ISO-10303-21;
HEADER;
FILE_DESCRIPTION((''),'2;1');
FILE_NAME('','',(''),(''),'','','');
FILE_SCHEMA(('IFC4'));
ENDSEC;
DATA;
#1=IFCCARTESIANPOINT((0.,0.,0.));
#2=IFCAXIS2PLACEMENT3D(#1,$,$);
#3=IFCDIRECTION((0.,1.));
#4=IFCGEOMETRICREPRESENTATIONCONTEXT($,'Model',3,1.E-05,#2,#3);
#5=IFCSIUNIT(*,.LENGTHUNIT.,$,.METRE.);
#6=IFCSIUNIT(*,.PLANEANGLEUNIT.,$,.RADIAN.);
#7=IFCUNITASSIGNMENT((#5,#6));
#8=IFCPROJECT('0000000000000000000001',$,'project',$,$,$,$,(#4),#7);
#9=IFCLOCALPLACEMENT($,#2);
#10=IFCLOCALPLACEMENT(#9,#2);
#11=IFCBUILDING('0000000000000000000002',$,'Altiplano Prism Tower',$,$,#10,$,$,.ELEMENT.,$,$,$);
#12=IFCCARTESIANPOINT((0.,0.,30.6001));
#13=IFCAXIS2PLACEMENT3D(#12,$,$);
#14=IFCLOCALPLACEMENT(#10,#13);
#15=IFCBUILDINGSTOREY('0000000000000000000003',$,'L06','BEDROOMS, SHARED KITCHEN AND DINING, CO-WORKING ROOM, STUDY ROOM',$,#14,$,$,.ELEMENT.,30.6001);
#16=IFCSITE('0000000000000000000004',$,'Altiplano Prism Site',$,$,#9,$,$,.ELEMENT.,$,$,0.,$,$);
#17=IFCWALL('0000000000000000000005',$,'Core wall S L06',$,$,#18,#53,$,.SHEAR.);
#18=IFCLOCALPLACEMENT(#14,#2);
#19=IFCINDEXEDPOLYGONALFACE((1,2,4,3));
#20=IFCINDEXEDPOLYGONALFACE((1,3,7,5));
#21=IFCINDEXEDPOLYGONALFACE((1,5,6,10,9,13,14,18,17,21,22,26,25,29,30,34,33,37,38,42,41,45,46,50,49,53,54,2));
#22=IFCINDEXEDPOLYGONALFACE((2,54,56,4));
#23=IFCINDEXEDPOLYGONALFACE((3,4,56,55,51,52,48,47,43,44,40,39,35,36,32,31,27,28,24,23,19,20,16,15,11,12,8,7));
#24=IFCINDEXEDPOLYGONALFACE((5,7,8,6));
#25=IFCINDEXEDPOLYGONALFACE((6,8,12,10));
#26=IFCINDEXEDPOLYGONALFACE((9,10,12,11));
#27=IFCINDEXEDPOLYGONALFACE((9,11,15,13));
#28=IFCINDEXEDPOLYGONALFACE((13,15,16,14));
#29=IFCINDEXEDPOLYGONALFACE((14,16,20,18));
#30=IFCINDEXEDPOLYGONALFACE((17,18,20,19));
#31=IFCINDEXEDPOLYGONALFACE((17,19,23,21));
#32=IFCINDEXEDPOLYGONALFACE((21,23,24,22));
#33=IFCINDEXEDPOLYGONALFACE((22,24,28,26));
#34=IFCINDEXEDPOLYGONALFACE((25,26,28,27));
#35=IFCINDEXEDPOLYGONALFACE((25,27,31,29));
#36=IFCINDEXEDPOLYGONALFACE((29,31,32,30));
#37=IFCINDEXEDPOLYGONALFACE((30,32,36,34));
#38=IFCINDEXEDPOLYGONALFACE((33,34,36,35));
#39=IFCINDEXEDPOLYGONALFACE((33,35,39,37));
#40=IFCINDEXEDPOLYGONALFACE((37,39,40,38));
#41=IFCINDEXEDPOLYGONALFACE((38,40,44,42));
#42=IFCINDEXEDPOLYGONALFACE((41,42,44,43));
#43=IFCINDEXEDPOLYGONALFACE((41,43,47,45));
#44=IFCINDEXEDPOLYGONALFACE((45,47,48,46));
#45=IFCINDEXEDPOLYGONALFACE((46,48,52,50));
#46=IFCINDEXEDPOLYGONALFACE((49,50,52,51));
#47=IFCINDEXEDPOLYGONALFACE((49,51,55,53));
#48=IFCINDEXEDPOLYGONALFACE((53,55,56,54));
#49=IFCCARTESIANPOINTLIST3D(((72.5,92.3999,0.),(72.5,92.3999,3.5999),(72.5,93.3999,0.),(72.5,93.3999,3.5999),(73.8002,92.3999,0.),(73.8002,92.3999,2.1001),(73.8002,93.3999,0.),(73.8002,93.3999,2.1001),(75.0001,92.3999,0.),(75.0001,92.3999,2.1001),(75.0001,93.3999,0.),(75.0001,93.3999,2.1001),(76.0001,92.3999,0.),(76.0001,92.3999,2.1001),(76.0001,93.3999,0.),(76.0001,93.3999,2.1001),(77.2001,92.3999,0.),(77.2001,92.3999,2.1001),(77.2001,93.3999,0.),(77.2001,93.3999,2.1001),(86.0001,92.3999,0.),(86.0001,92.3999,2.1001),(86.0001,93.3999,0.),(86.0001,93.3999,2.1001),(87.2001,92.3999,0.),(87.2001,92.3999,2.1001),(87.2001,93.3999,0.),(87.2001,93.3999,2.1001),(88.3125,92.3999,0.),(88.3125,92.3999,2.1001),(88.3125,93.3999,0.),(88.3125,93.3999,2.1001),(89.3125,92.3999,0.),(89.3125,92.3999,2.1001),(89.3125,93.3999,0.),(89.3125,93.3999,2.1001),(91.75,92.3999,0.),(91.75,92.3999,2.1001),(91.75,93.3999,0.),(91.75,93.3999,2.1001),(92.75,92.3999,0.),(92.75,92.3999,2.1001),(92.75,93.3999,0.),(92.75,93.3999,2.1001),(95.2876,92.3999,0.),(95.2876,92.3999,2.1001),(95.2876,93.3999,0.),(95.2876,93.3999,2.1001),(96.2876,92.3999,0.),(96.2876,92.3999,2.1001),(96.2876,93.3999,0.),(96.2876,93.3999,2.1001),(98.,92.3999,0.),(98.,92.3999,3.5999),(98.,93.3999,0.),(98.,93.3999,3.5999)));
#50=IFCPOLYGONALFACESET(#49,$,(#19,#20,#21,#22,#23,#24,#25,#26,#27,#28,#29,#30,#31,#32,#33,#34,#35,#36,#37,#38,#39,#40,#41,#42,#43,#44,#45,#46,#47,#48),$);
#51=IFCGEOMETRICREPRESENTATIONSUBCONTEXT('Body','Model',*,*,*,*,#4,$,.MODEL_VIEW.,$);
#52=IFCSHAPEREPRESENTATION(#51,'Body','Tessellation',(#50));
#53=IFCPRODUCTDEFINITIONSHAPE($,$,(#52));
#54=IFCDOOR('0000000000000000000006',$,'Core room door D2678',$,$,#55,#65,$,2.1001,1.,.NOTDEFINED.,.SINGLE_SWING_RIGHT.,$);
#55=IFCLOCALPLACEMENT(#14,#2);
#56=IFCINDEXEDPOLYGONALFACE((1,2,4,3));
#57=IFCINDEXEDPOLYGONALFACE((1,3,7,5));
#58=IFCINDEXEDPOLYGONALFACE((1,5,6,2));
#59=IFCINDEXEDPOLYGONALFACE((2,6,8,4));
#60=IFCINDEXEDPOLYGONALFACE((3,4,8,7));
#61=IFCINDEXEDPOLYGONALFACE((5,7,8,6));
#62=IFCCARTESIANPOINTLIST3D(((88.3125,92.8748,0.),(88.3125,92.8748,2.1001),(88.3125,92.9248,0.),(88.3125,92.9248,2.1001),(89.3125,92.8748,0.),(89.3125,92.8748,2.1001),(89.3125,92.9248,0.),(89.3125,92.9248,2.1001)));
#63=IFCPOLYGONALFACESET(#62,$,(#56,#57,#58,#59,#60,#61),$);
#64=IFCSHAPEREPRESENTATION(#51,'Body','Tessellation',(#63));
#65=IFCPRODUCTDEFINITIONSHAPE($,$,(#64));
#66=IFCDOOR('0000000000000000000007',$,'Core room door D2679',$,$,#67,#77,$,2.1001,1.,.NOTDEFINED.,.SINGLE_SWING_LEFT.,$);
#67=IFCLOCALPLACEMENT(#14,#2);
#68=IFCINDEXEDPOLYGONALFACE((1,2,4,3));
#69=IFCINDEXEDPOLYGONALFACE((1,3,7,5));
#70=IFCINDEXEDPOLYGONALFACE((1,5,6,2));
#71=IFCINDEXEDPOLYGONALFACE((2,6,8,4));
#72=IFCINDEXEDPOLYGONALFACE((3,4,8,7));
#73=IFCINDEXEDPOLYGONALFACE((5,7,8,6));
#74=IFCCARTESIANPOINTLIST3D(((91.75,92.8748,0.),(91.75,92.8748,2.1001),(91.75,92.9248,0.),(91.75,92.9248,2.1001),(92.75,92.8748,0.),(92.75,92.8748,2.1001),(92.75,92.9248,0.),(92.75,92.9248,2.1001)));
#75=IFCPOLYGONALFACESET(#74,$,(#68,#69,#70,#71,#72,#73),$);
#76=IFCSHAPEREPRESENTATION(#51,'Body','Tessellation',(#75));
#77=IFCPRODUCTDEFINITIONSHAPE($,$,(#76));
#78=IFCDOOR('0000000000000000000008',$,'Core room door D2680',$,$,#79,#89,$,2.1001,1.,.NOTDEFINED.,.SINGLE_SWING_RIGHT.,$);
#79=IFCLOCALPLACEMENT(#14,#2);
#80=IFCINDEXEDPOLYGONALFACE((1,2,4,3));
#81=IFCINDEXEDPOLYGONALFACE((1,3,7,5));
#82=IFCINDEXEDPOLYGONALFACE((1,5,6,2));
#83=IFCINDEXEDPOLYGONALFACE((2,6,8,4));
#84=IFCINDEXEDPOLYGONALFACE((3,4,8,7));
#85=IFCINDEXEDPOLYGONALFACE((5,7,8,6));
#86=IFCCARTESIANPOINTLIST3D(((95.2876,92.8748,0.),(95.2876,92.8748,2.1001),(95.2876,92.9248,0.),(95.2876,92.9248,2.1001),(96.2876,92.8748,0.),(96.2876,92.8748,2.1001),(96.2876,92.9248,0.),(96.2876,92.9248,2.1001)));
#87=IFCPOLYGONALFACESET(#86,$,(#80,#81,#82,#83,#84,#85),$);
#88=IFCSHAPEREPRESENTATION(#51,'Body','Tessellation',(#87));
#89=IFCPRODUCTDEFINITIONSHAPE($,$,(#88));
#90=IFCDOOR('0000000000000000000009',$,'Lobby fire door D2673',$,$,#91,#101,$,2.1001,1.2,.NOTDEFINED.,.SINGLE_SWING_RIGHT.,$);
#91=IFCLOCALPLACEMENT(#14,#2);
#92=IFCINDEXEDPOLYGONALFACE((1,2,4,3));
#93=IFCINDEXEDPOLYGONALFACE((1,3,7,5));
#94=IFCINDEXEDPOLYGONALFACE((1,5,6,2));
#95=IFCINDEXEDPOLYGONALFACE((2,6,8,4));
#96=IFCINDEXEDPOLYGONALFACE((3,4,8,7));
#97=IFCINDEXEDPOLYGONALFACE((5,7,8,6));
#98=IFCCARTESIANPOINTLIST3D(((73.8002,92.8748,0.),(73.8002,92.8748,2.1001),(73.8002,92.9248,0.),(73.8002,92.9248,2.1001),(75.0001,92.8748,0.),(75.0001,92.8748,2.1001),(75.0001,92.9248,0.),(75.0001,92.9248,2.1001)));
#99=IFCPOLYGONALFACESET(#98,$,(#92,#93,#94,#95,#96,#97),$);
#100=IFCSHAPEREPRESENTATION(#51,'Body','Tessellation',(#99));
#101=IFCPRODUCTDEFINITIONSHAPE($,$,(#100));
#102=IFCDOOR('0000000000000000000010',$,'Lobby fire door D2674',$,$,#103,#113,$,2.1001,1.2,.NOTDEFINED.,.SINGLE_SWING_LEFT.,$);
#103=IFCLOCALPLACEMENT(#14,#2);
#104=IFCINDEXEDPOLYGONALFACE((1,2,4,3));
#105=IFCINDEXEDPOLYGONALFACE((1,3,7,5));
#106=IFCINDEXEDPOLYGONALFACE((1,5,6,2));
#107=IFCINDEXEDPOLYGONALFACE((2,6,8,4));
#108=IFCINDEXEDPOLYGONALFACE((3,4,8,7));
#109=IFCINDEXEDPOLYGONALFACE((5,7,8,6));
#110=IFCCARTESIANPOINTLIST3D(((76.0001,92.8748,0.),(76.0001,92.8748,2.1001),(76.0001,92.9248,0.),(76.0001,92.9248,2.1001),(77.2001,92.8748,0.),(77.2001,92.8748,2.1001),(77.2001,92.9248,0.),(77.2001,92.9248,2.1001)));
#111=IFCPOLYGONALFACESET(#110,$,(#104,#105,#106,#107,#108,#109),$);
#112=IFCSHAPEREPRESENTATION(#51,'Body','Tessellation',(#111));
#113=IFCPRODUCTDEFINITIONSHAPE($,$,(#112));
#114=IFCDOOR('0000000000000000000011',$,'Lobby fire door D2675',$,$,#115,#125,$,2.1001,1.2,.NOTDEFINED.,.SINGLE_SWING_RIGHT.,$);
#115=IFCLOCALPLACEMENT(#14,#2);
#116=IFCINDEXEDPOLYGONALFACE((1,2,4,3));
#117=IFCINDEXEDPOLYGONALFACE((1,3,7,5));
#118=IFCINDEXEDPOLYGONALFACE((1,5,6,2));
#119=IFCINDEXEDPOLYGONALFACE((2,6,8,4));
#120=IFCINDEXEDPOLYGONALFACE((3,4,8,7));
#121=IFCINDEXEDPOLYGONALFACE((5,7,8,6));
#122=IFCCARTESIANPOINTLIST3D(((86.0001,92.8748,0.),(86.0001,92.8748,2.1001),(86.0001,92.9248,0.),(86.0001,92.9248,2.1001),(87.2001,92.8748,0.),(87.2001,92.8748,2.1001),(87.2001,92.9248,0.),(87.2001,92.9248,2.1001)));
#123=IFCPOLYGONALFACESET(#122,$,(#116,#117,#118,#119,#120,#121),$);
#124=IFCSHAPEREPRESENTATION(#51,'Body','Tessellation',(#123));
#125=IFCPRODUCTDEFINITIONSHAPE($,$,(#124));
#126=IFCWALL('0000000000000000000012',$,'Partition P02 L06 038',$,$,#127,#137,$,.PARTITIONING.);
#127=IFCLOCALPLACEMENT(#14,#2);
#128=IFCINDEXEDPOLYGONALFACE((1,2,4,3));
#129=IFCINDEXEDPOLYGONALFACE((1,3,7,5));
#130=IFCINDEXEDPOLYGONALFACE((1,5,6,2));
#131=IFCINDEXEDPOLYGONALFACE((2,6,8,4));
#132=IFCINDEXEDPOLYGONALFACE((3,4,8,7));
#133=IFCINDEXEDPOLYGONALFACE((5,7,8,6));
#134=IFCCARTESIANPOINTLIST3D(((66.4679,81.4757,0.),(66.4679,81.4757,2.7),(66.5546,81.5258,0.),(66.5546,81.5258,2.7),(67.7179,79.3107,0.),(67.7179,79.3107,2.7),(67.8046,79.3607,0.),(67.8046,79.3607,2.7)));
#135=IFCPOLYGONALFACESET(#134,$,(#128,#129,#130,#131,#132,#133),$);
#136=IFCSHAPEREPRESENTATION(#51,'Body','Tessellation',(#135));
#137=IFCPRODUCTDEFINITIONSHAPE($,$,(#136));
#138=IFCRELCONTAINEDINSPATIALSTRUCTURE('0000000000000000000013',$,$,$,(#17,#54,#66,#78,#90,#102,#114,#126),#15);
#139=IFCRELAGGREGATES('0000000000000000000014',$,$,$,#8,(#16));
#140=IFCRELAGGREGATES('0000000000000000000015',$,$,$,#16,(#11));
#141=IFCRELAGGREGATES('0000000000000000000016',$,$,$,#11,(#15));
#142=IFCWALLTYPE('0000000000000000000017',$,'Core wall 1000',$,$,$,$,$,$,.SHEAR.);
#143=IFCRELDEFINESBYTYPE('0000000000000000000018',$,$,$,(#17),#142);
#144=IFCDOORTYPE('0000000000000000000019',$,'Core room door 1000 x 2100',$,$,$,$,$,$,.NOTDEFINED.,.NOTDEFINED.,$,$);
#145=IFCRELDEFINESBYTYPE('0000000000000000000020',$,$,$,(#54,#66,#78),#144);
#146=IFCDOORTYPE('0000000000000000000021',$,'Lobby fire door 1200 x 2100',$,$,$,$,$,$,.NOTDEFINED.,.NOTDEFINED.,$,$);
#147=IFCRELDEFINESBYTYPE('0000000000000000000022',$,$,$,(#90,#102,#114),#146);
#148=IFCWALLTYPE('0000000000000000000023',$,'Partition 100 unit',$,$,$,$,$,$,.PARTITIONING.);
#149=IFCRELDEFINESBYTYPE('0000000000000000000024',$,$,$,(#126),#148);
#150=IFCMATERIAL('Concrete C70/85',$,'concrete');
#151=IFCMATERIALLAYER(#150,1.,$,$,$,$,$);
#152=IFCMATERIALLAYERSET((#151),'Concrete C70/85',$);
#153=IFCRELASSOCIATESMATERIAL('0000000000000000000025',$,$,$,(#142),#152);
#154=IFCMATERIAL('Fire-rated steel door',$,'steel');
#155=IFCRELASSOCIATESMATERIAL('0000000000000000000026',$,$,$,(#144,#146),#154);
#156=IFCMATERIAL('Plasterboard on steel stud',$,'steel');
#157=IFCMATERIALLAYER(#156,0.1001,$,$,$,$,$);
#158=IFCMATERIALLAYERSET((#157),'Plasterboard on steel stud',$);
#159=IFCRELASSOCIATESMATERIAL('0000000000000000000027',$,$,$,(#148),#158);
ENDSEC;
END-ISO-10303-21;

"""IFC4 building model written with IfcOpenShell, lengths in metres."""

from ifc_helpers import new_model, si_unit, direction, frame, frame_2d, origin, place, context, subcontext, project, spatial, rectangle, extrude, material, layer, layer_set, type_object, element, fill, save


model = new_model("IFC4")

# Units and contexts
model_context = context("Model", 3, precision=1e-05, world=origin(), true_north=direction((0.0, 1.0)))
body_context = subcontext(model_context, "Body", "Model", "MODEL_VIEW")
ifc_project = project(units=[si_unit("LENGTHUNIT", "METRE"), si_unit("PLANEANGLEUNIT", "RADIAN")], contexts=[model_context])

# Site, building, storey
site_placement = place(None, origin())
site = spatial("IfcSite", under=ifc_project, at=site_placement, Name="Altiplano Prism Site", CompositionType="ELEMENT", RefElevation=0.0)
building_placement = place(site_placement, origin())
building = spatial("IfcBuilding", under=site, at=building_placement, Name="Altiplano Prism Tower", CompositionType="ELEMENT")
storey_placement = place(building_placement, frame((0.0, 0.0, 30.6001)))
storey = spatial("IfcBuildingStorey", under=building, at=storey_placement, Name="L06", Description="BEDROOMS, SHARED KITCHEN AND DINING, CO-WORKING ROOM, STUDY ROOM", CompositionType="ELEMENT", Elevation=30.6001)

# Wall, openings, doors
ifc_material_1 = material(Name="Concrete C70/85", Category="concrete")
ifc_layer_1 = layer(ifc_material_1, 1.0)
ifc_layer_set_1 = layer_set([ifc_layer_1], Name="Concrete C70/85")
wall_type_1 = type_object("IfcWallType", Name="Core wall 1000", PredefinedType="SHEAR", material=ifc_layer_set_1)
wall_1_placement = place(storey_placement, frame((72.5, 92.8999, 0.0), z_axis=(0.0, 0.0, 1.0), x_axis=(1.0, 0.0, 0.0)))
wall_1 = element("IfcWall", 1, at=wall_1_placement, inside=storey, type_object=wall_type_1, Name="Core wall S L06", PredefinedType="SHEAR", context=body_context, shape_type="SweptSolid", body=[
    extrude(rectangle(XDim=25.5, YDim=1.0, at=frame_2d((12.75, 0.0))), origin(), (0.0, 0.0, 1.0), 3.5999),
])
opening_1_placement = place(wall_1_placement, frame((1.3, 0.0, 0.0)))
opening_1 = element("IfcOpeningElement", 2, at=opening_1_placement, cuts=wall_1, PredefinedType="OPENING", context=body_context, shape_type="SweptSolid", body=[
    extrude(rectangle(XDim=1.2, YDim=2.1001, at=frame_2d((0.6001, 1.05))), frame((0.0, 0.5105, 0.0), z_axis=(0.0, -1.0, 0.0), x_axis=(1.0, 0.0, 0.0)), (0.0, 0.0, 1.0), 1.021),
])
opening_2_placement = place(wall_1_placement, frame((3.5, 0.0, 0.0)))
opening_2 = element("IfcOpeningElement", 3, at=opening_2_placement, cuts=wall_1, PredefinedType="OPENING", context=body_context, shape_type="SweptSolid", body=[
    extrude(rectangle(XDim=1.2, YDim=2.1001, at=frame_2d((0.6001, 1.05))), frame((0.0, 0.5105, 0.0), z_axis=(0.0, -1.0, 0.0), x_axis=(1.0, 0.0, 0.0)), (0.0, 0.0, 1.0), 1.021),
])
opening_3_placement = place(wall_1_placement, frame((13.5, 0.0, 0.0)))
opening_3 = element("IfcOpeningElement", 4, at=opening_3_placement, cuts=wall_1, PredefinedType="OPENING", context=body_context, shape_type="SweptSolid", body=[
    extrude(rectangle(XDim=1.2, YDim=2.1001, at=frame_2d((0.6001, 1.05))), frame((0.0, 0.5105, 0.0), z_axis=(0.0, -1.0, 0.0), x_axis=(1.0, 0.0, 0.0)), (0.0, 0.0, 1.0), 1.021),
])
opening_4_placement = place(wall_1_placement, frame((15.8125, 0.0, 0.0)))
opening_4 = element("IfcOpeningElement", 5, at=opening_4_placement, cuts=wall_1, PredefinedType="OPENING", context=body_context, shape_type="SweptSolid", body=[
    extrude(rectangle(XDim=1.0, YDim=2.1001, at=frame_2d((0.5, 1.05))), frame((0.0, 0.5105, 0.0), z_axis=(0.0, -1.0, 0.0), x_axis=(1.0, 0.0, 0.0)), (0.0, 0.0, 1.0), 1.021),
])
opening_5_placement = place(wall_1_placement, frame((19.25, 0.0, 0.0)))
opening_5 = element("IfcOpeningElement", 6, at=opening_5_placement, cuts=wall_1, PredefinedType="OPENING", context=body_context, shape_type="SweptSolid", body=[
    extrude(rectangle(XDim=1.0, YDim=2.1001, at=frame_2d((0.5, 1.05))), frame((0.0, 0.5105, 0.0), z_axis=(0.0, -1.0, 0.0), x_axis=(1.0, 0.0, 0.0)), (0.0, 0.0, 1.0), 1.021),
])
opening_6_placement = place(wall_1_placement, frame((22.7876, 0.0, 0.0)))
opening_6 = element("IfcOpeningElement", 7, at=opening_6_placement, cuts=wall_1, PredefinedType="OPENING", context=body_context, shape_type="SweptSolid", body=[
    extrude(rectangle(XDim=1.0, YDim=2.1001, at=frame_2d((0.5, 1.05))), frame((0.0, 0.5105, 0.0), z_axis=(0.0, -1.0, 0.0), x_axis=(1.0, 0.0, 0.0)), (0.0, 0.0, 1.0), 1.021),
])
ifc_material_2 = material(Name="Fire-rated steel door", Category="steel")
door_type_1 = type_object("IfcDoorType", Name="Core room door 1000 x 2100", OperationType="NOTDEFINED", PredefinedType="NOTDEFINED", material=ifc_material_2)
door_1_placement = place(opening_4_placement, origin())
door_1 = element("IfcDoor", 8, at=door_1_placement, inside=storey, type_object=door_type_1, Name="Core room door D2678", OperationType="SINGLE_SWING_RIGHT", OverallHeight=2.1001, OverallWidth=1.0, PredefinedType="NOTDEFINED", context=body_context, shape_type="SweptSolid", body=[
    extrude(rectangle(XDim=1.0, YDim=2.1001, at=frame_2d((0.5, 1.05))), frame((0.0, 0.0249, 0.0), z_axis=(0.0, -1.0, 0.0), x_axis=(1.0, 0.0, 0.0)), (0.0, 0.0, 1.0), 0.05),
])
fill(opening_4, door_1)
door_2_placement = place(opening_5_placement, origin())
door_2 = element("IfcDoor", 9, at=door_2_placement, inside=storey, type_object=door_type_1, Name="Core room door D2679", OperationType="SINGLE_SWING_LEFT", OverallHeight=2.1001, OverallWidth=1.0, PredefinedType="NOTDEFINED", context=body_context, shape_type="SweptSolid", body=[
    extrude(rectangle(XDim=1.0, YDim=2.1001, at=frame_2d((0.5, 1.05))), frame((0.0, 0.0249, 0.0), z_axis=(0.0, -1.0, 0.0), x_axis=(1.0, 0.0, 0.0)), (0.0, 0.0, 1.0), 0.05),
])
fill(opening_5, door_2)
door_3_placement = place(opening_6_placement, origin())
door_3 = element("IfcDoor", 10, at=door_3_placement, inside=storey, type_object=door_type_1, Name="Core room door D2680", OperationType="SINGLE_SWING_RIGHT", OverallHeight=2.1001, OverallWidth=1.0, PredefinedType="NOTDEFINED", context=body_context, shape_type="SweptSolid", body=[
    extrude(rectangle(XDim=1.0, YDim=2.1001, at=frame_2d((0.5, 1.05))), frame((0.0, 0.0249, 0.0), z_axis=(0.0, -1.0, 0.0), x_axis=(1.0, 0.0, 0.0)), (0.0, 0.0, 1.0), 0.05),
])
fill(opening_6, door_3)
door_type_2 = type_object("IfcDoorType", Name="Lobby fire door 1200 x 2100", OperationType="NOTDEFINED", PredefinedType="NOTDEFINED", material=ifc_material_2)
door_4_placement = place(opening_1_placement, origin())
door_4 = element("IfcDoor", 11, at=door_4_placement, inside=storey, type_object=door_type_2, Name="Lobby fire door D2673", OperationType="SINGLE_SWING_RIGHT", OverallHeight=2.1001, OverallWidth=1.2, PredefinedType="NOTDEFINED", context=body_context, shape_type="SweptSolid", body=[
    extrude(rectangle(XDim=1.2, YDim=2.1001, at=frame_2d((0.6001, 1.05))), frame((0.0, 0.0249, 0.0), z_axis=(0.0, -1.0, 0.0), x_axis=(1.0, 0.0, 0.0)), (0.0, 0.0, 1.0), 0.05),
])
fill(opening_1, door_4)
door_5_placement = place(opening_2_placement, origin())
door_5 = element("IfcDoor", 12, at=door_5_placement, inside=storey, type_object=door_type_2, Name="Lobby fire door D2674", OperationType="SINGLE_SWING_LEFT", OverallHeight=2.1001, OverallWidth=1.2, PredefinedType="NOTDEFINED", context=body_context, shape_type="SweptSolid", body=[
    extrude(rectangle(XDim=1.2, YDim=2.1001, at=frame_2d((0.6001, 1.05))), frame((0.0, 0.0249, 0.0), z_axis=(0.0, -1.0, 0.0), x_axis=(1.0, 0.0, 0.0)), (0.0, 0.0, 1.0), 0.05),
])
fill(opening_2, door_5)
door_6_placement = place(opening_3_placement, origin())
door_6 = element("IfcDoor", 13, at=door_6_placement, inside=storey, type_object=door_type_2, Name="Lobby fire door D2675", OperationType="SINGLE_SWING_RIGHT", OverallHeight=2.1001, OverallWidth=1.2, PredefinedType="NOTDEFINED", context=body_context, shape_type="SweptSolid", body=[
    extrude(rectangle(XDim=1.2, YDim=2.1001, at=frame_2d((0.6001, 1.05))), frame((0.0, 0.0249, 0.0), z_axis=(0.0, -1.0, 0.0), x_axis=(1.0, 0.0, 0.0)), (0.0, 0.0, 1.0), 0.05),
])
fill(opening_3, door_6)

# Wall
ifc_material_3 = material(Name="Plasterboard on steel stud", Category="steel")
ifc_layer_2 = layer(ifc_material_3, 0.1001)
ifc_layer_set_2 = layer_set([ifc_layer_2], Name="Plasterboard on steel stud")
wall_type_2 = type_object("IfcWallType", Name="Partition 100 unit", PredefinedType="PARTITIONING", material=ifc_layer_set_2)
wall_2_placement = place(storey_placement, frame((67.7612, 79.3357, 0.0), z_axis=(0.0, 0.0, 1.0), x_axis=(-0.500004, 0.866023, 0.0)))
element("IfcWall", 14, at=wall_2_placement, inside=storey, type_object=wall_type_2, Name="Partition P02 L06 038", PredefinedType="PARTITIONING", context=body_context, shape_type="SweptSolid", body=[
    extrude(rectangle(XDim=2.5, YDim=0.1001, at=frame_2d((1.25, 0.0))), origin(), (0.0, 0.0, 1.0), 2.7),
])

save(model, "model.ifc")
